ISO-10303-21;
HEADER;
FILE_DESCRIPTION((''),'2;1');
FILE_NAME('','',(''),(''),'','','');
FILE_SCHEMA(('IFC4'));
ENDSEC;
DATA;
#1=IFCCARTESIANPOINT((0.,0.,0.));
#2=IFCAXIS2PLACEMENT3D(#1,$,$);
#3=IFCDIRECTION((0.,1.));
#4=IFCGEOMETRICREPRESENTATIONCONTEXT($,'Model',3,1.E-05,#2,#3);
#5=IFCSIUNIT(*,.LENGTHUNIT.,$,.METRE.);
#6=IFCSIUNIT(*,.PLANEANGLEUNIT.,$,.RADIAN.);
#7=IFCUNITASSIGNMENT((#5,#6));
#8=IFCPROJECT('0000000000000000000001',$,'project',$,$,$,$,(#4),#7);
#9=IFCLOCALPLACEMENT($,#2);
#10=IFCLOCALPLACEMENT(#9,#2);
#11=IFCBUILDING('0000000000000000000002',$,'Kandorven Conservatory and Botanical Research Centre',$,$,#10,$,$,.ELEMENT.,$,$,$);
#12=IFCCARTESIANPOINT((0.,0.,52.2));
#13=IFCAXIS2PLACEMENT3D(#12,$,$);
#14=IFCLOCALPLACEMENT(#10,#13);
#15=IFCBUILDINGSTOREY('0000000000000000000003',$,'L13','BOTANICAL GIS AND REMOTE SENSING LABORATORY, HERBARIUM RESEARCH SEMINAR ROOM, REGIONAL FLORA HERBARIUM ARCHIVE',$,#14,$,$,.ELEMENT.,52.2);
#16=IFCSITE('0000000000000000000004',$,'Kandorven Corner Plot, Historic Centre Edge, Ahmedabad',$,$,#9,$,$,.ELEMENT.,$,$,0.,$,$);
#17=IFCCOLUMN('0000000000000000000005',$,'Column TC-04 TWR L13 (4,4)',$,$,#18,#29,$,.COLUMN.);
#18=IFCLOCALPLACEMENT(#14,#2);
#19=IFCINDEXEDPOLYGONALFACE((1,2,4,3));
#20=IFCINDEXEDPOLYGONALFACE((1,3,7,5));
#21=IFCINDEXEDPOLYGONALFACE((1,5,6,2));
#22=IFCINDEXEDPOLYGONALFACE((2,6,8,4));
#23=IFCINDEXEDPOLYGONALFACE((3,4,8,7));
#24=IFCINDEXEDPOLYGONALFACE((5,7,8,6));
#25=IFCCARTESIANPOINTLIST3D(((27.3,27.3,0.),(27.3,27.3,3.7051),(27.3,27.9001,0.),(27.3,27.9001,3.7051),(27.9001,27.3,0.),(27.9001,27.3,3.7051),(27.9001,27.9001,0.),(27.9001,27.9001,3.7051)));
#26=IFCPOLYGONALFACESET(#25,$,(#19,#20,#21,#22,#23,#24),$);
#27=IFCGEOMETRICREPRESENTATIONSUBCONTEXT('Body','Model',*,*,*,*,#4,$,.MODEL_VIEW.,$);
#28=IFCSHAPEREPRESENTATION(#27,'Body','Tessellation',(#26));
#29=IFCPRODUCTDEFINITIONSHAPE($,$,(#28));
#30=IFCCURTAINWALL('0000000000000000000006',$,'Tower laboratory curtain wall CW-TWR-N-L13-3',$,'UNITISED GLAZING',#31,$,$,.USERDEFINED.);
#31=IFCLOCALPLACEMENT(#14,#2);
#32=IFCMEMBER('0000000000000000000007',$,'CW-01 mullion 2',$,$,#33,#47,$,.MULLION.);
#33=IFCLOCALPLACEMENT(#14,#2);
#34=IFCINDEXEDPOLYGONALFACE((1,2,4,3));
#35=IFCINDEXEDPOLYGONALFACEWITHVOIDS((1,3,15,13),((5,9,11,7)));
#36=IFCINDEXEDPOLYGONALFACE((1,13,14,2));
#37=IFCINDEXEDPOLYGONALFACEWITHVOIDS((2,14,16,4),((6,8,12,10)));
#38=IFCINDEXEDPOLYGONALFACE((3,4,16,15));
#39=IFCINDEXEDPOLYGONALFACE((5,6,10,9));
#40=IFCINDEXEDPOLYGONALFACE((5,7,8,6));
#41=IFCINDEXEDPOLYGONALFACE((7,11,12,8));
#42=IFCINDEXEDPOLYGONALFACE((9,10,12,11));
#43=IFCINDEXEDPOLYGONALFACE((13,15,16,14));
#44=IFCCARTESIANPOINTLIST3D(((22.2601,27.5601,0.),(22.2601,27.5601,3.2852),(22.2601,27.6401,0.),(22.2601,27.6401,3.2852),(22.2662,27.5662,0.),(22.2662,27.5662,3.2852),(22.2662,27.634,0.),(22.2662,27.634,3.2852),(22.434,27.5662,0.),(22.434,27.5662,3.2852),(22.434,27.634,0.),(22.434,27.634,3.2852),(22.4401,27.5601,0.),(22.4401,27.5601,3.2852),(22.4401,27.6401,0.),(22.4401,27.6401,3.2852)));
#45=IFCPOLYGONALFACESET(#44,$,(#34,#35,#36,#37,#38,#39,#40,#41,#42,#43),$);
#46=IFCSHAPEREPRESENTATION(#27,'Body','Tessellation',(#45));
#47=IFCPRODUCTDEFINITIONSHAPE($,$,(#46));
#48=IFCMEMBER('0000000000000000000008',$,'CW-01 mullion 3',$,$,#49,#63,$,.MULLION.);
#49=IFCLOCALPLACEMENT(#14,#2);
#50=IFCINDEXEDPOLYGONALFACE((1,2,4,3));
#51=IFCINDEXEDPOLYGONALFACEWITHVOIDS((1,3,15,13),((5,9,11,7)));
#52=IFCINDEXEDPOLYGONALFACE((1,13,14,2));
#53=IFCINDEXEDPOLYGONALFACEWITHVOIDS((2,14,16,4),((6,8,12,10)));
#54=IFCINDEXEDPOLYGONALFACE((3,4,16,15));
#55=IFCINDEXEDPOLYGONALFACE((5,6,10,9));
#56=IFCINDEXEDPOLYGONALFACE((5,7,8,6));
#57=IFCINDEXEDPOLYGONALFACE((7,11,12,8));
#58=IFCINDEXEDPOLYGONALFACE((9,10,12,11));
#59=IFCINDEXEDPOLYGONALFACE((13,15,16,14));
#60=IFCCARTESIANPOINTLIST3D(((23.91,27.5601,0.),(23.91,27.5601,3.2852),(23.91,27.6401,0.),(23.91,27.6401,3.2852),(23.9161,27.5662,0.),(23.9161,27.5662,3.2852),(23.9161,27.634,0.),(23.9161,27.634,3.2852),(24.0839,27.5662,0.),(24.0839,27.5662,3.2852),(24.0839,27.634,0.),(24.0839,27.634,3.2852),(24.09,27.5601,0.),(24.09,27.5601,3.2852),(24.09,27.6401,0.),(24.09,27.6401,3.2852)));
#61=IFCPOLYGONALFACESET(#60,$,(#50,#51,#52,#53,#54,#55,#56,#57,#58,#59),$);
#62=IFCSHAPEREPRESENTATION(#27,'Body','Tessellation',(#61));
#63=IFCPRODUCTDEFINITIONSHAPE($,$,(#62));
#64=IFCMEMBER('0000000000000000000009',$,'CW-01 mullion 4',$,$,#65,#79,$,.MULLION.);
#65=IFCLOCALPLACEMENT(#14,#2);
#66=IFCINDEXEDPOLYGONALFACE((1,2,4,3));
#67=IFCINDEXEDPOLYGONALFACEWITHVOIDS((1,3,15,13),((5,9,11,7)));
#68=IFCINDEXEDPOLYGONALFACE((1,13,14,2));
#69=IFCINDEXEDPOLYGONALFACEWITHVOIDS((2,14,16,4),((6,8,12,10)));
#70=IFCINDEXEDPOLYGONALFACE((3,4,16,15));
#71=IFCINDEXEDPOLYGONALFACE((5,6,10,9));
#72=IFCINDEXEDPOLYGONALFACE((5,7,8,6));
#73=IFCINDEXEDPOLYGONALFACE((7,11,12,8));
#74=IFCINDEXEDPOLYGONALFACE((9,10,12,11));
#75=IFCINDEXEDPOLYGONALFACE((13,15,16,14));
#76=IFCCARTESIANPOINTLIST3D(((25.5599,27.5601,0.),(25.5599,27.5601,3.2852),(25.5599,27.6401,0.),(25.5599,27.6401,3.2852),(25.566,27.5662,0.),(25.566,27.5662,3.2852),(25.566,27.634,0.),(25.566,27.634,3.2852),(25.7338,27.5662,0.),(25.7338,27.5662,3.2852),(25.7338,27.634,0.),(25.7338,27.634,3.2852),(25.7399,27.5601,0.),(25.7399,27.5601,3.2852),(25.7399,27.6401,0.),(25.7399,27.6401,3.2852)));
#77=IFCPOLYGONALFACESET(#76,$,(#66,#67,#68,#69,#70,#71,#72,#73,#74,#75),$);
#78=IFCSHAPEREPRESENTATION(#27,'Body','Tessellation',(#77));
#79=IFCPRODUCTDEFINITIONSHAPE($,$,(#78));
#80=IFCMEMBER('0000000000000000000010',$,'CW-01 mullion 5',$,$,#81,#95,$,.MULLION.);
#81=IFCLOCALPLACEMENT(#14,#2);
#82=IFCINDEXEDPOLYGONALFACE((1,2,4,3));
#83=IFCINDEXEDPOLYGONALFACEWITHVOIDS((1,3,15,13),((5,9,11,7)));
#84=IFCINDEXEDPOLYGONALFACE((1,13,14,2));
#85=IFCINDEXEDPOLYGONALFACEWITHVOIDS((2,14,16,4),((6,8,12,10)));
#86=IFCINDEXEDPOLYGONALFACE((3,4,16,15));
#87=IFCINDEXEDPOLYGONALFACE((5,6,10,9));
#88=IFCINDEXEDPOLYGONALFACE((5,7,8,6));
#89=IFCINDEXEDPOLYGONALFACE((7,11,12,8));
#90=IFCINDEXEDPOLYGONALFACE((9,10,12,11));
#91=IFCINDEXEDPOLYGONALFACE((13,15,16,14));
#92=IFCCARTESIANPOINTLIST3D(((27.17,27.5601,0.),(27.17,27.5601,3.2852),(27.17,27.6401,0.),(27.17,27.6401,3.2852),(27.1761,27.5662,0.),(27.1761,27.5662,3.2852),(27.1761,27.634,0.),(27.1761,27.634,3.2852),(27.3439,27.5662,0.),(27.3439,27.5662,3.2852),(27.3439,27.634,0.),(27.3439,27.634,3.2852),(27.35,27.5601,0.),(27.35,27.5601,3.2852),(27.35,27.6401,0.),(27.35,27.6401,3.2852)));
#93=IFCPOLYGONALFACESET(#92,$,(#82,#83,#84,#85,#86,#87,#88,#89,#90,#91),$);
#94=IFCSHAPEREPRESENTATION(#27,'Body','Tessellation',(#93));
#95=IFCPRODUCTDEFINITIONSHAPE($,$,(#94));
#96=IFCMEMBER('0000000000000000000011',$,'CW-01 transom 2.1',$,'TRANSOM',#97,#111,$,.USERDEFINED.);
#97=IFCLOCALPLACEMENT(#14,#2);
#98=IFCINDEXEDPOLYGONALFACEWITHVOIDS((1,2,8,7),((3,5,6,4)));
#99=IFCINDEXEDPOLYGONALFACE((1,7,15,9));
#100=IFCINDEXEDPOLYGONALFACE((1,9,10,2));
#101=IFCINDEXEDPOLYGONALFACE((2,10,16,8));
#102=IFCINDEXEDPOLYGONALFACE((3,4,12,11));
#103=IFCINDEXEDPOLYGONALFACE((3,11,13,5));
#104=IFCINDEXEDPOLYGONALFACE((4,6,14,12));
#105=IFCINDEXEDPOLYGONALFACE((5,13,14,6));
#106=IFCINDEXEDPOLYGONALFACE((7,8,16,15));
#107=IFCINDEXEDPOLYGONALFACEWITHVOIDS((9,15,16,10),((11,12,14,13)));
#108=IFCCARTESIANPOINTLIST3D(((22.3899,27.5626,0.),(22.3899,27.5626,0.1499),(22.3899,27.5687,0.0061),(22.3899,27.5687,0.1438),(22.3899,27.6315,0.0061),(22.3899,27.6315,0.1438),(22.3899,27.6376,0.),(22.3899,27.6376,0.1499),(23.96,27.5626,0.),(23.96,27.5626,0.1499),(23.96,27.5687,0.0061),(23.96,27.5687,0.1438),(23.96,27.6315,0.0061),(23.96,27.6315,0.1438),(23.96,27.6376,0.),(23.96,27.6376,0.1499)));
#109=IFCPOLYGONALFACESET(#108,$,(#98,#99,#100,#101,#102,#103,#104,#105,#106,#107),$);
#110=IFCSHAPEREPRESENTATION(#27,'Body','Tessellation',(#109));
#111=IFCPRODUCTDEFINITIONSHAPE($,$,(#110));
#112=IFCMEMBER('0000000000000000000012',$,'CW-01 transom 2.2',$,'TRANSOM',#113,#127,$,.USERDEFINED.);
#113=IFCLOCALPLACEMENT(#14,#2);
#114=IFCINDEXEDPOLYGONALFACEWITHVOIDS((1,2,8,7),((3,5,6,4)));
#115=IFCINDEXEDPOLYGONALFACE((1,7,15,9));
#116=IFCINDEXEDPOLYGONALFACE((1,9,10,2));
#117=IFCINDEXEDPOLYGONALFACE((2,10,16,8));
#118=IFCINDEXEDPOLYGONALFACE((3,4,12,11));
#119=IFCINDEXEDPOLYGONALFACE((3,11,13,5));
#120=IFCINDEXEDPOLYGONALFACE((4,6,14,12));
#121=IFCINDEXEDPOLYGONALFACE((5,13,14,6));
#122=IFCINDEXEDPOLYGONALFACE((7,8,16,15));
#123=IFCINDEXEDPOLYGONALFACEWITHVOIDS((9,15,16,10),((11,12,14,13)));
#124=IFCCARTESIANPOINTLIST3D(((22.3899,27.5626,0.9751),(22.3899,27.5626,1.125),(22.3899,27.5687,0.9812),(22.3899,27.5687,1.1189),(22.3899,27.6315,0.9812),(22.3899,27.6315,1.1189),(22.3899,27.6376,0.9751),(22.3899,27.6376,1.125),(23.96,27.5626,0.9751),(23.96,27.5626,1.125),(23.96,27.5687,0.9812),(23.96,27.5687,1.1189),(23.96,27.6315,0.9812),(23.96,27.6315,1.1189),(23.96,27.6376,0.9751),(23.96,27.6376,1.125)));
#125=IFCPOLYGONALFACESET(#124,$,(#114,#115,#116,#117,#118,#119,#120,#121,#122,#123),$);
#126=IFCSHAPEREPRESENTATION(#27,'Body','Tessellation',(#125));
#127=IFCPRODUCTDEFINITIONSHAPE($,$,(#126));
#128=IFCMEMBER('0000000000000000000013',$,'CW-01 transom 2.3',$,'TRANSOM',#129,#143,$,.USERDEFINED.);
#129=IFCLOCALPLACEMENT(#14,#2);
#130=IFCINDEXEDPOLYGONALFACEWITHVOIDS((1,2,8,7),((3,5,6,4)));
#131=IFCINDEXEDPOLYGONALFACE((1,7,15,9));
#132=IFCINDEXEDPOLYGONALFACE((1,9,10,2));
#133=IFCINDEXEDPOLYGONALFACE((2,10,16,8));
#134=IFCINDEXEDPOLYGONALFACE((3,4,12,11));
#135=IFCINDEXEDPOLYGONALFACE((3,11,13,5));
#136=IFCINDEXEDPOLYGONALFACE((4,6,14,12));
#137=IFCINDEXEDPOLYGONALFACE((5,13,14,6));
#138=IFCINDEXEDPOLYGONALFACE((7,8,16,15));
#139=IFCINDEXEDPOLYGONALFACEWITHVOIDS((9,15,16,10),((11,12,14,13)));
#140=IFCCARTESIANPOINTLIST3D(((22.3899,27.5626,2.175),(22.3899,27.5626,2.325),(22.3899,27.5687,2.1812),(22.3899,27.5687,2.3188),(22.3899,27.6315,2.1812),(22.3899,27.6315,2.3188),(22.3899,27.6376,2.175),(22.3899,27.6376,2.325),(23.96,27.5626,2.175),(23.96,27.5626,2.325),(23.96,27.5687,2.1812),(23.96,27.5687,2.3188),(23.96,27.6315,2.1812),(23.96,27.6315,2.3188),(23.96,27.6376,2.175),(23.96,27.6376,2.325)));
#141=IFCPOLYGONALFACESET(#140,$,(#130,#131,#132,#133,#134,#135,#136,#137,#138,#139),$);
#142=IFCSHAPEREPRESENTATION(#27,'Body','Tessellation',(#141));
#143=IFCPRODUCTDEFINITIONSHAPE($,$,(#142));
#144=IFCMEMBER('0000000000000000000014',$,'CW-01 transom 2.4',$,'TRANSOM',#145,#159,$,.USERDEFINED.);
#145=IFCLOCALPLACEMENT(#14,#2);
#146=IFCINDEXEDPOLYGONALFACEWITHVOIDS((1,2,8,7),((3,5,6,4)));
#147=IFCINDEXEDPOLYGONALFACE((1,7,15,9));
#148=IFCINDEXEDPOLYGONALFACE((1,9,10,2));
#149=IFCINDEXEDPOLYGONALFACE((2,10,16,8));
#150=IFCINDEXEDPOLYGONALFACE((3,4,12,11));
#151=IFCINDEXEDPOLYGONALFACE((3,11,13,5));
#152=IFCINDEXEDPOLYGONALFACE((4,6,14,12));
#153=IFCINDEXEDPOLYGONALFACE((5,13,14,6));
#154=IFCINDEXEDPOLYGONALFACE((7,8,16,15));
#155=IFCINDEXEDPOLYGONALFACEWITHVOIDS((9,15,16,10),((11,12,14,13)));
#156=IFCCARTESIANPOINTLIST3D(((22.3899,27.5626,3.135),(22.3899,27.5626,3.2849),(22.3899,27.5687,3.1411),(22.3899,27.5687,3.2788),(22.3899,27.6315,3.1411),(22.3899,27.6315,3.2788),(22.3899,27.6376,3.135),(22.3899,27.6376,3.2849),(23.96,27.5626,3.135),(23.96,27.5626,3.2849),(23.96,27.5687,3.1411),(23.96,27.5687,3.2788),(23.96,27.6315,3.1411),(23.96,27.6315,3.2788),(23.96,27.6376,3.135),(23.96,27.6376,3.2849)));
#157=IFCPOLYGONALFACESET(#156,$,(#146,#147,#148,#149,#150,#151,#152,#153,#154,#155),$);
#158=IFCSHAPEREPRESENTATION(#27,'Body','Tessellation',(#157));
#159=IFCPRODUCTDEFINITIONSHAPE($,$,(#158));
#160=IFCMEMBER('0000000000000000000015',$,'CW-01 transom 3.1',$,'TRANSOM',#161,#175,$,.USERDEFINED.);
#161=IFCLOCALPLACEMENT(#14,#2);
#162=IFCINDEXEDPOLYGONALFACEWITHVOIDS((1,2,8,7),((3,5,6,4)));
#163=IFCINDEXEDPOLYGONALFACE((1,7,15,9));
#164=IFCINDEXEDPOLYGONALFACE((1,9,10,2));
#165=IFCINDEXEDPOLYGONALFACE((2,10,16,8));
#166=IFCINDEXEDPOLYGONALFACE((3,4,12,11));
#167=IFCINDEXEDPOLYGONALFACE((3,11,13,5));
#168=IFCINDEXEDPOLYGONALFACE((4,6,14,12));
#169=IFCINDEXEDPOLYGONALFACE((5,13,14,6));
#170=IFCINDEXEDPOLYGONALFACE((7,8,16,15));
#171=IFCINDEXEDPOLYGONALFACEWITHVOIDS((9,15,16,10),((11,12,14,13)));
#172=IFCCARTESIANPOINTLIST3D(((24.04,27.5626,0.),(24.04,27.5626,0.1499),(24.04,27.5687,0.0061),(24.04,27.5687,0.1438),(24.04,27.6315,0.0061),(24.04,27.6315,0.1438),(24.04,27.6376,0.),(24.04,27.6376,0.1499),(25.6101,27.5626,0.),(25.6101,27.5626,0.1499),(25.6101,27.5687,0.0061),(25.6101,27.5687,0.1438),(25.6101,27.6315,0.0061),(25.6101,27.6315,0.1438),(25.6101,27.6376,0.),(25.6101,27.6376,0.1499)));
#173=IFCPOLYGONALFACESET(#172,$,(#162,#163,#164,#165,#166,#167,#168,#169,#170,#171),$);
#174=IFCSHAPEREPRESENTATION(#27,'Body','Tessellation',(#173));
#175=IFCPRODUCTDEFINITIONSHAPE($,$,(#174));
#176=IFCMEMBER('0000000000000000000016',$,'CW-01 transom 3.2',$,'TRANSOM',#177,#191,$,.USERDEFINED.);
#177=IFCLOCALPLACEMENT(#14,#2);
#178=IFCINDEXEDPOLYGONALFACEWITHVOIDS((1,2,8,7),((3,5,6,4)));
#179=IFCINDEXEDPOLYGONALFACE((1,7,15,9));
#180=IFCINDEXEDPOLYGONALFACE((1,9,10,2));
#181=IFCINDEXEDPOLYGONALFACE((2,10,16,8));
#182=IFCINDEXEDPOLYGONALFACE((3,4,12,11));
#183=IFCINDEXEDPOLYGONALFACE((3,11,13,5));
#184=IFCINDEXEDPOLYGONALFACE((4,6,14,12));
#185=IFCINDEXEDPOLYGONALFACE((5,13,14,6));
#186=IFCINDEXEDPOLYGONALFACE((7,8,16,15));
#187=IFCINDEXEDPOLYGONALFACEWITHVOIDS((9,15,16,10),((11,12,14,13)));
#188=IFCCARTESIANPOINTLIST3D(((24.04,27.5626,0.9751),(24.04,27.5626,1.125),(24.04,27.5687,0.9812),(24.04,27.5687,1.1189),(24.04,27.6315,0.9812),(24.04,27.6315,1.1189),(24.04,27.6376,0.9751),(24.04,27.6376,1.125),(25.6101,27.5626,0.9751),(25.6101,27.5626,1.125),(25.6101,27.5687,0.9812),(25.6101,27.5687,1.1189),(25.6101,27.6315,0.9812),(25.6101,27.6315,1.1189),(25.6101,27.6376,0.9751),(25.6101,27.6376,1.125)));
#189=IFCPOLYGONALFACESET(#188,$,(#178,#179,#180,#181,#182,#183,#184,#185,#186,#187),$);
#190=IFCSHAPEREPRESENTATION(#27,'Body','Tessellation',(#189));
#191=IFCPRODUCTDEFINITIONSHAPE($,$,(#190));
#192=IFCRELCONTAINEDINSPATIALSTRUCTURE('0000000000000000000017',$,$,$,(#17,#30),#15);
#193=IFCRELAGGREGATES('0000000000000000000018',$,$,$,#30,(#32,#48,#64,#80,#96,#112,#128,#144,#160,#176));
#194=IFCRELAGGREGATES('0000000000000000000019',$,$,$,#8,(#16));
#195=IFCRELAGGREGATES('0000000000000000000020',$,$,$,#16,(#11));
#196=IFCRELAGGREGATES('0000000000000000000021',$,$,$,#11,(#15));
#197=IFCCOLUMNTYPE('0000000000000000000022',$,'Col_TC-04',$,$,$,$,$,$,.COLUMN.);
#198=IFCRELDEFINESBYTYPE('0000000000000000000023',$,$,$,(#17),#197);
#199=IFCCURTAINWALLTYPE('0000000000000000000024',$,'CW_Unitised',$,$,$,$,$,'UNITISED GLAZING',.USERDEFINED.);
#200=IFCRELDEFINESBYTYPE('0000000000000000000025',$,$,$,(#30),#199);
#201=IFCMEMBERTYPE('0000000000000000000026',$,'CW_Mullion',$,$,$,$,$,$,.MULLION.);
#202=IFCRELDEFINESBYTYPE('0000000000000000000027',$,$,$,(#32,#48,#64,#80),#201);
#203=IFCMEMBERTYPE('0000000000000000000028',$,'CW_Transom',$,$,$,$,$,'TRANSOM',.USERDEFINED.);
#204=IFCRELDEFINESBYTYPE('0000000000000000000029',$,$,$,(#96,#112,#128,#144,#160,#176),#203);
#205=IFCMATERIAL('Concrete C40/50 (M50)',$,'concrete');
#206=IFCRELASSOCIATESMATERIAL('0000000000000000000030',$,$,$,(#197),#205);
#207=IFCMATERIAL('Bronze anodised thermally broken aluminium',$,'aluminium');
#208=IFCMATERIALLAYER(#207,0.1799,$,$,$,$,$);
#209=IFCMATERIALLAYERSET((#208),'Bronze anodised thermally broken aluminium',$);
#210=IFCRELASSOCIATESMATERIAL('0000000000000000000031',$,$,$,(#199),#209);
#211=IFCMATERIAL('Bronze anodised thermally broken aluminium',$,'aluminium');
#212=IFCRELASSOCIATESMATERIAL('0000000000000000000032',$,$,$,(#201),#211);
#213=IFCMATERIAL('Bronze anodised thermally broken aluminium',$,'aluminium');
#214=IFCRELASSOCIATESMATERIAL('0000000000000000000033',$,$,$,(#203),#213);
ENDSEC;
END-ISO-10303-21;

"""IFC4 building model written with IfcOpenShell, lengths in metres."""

from ifc_helpers import new_model, si_unit, direction, frame, origin, origin_2d, place, context, subcontext, project, spatial, rectangle, hollow_rectangle, extrude, material, layer, layer_set, material_profile, profile_set, type_object, element, aggregate, save


model = new_model("IFC4")

# Units and contexts
model_context = context("Model", 3, precision=1e-05, world=origin(), true_north=direction((0.0, 1.0)))
body_context = subcontext(model_context, "Body", "Model", "MODEL_VIEW")
ifc_project = project(units=[si_unit("LENGTHUNIT", "METRE"), si_unit("PLANEANGLEUNIT", "RADIAN")], contexts=[model_context])

# Site, building, storey
site_placement = place(None, origin())
site = spatial("IfcSite", under=ifc_project, at=site_placement, Name="Kandorven Corner Plot, Historic Centre Edge, Ahmedabad", CompositionType="ELEMENT", RefElevation=0.0)
building_placement = place(site_placement, origin())
building = spatial("IfcBuilding", under=site, at=building_placement, Name="Kandorven Conservatory and Botanical Research Centre", CompositionType="ELEMENT")
storey_placement = place(building_placement, frame((0.0, 0.0, 52.2)))
storey = spatial("IfcBuildingStorey", under=building, at=storey_placement, Name="L13", Description="BOTANICAL GIS AND REMOTE SENSING LABORATORY, HERBARIUM RESEARCH SEMINAR ROOM, REGIONAL FLORA HERBARIUM ARCHIVE", CompositionType="ELEMENT", Elevation=52.2)

# Column
ifc_material_1 = material(Name="Concrete C40/50 (M50)", Category="concrete")
ifc_material_profile_1 = material_profile(ifc_material_1, rectangle(XDim=0.6001, YDim=0.6001, at=origin_2d()))
ifc_profile_set_1 = profile_set([ifc_material_profile_1], Name="Concrete C40/50 (M50)")
column_type = type_object("IfcColumnType", Name="Col_TC-04", PredefinedType="COLUMN", material=ifc_profile_set_1)
column_placement = place(storey_placement, frame((27.6001, 27.6001, 0.0), z_axis=(0.0, 0.0, 1.0), x_axis=(1.0, 0.0, 0.0)))
element("IfcColumn", 1, at=column_placement, inside=storey, type_object=column_type, Name="Column TC-04 TWR L13 (4,4)", PredefinedType="COLUMN", context=body_context, shape_type="SweptSolid", body=[
    extrude(rectangle(XDim=0.6001, YDim=0.6001, at=origin_2d()), origin(), (0.0, 0.0, 1.0), 3.7051),
])

# Curtain wall, members
ifc_material_2 = material(Name="Bronze anodised thermally broken aluminium", Category="aluminium")
ifc_layer_1 = layer(ifc_material_2, 0.1799)
ifc_layer_set_1 = layer_set([ifc_layer_1], Name="Bronze anodised thermally broken aluminium")
curtain_wall_type = type_object("IfcCurtainWallType", Name="CW_Unitised", ElementType="UNITISED GLAZING", PredefinedType="USERDEFINED", material=ifc_layer_set_1)
curtain_wall_placement = place(storey_placement, origin())
curtain_wall = element("IfcCurtainWall", 2, at=curtain_wall_placement, inside=storey, type_object=curtain_wall_type, Name="Tower laboratory curtain wall CW-TWR-N-L13-3", ObjectType="UNITISED GLAZING", PredefinedType="USERDEFINED")
ifc_material_3 = material(Name="Bronze anodised thermally broken aluminium", Category="aluminium")
ifc_material_profile_2 = material_profile(ifc_material_3, hollow_rectangle(XDim=0.0801, YDim=0.1799, WallThickness=0.0061, at=origin_2d()))
ifc_profile_set_2 = profile_set([ifc_material_profile_2], Name="Bronze anodised thermally broken aluminium")
member_type_1 = type_object("IfcMemberType", Name="CW_Mullion", PredefinedType="MULLION", material=ifc_profile_set_2)
member_1_placement = place(storey_placement, frame((22.3501, 27.6001, 0.0), z_axis=(0.0, 0.0, 1.0), x_axis=(0.0, 1.0, 0.0)))
member_1 = element("IfcMember", 3, at=member_1_placement, type_object=member_type_1, Name="CW-01 mullion 2", PredefinedType="MULLION", context=body_context, shape_type="SweptSolid", body=[
    extrude(hollow_rectangle(XDim=0.0801, YDim=0.1799, WallThickness=0.0061, at=origin_2d()), origin(), (0.0, 0.0, 1.0), 3.2852),
])
member_2_placement = place(storey_placement, frame((24.0, 27.6001, 0.0), z_axis=(0.0, 0.0, 1.0), x_axis=(0.0, 1.0, 0.0)))
member_2 = element("IfcMember", 4, at=member_2_placement, type_object=member_type_1, Name="CW-01 mullion 3", PredefinedType="MULLION", context=body_context, shape_type="SweptSolid", body=[
    extrude(hollow_rectangle(XDim=0.0801, YDim=0.1799, WallThickness=0.0061, at=origin_2d()), origin(), (0.0, 0.0, 1.0), 3.2852),
])
member_3_placement = place(storey_placement, frame((25.6499, 27.6001, 0.0), z_axis=(0.0, 0.0, 1.0), x_axis=(0.0, 1.0, 0.0)))
member_3 = element("IfcMember", 5, at=member_3_placement, type_object=member_type_1, Name="CW-01 mullion 4", PredefinedType="MULLION", context=body_context, shape_type="SweptSolid", body=[
    extrude(hollow_rectangle(XDim=0.0801, YDim=0.1799, WallThickness=0.0061, at=origin_2d()), origin(), (0.0, 0.0, 1.0), 3.2852),
])
member_4_placement = place(storey_placement, frame((27.26, 27.6001, 0.0), z_axis=(0.0, 0.0, 1.0), x_axis=(0.0, 1.0, 0.0)))
member_4 = element("IfcMember", 6, at=member_4_placement, type_object=member_type_1, Name="CW-01 mullion 5", PredefinedType="MULLION", context=body_context, shape_type="SweptSolid", body=[
    extrude(hollow_rectangle(XDim=0.0801, YDim=0.1799, WallThickness=0.0061, at=origin_2d()), origin(), (0.0, 0.0, 1.0), 3.2852),
])
ifc_material_4 = material(Name="Bronze anodised thermally broken aluminium", Category="aluminium")
ifc_material_profile_3 = material_profile(ifc_material_4, hollow_rectangle(XDim=0.075, YDim=0.1499, WallThickness=0.0061, at=origin_2d()))
ifc_profile_set_3 = profile_set([ifc_material_profile_3], Name="Bronze anodised thermally broken aluminium")
member_type_2 = type_object("IfcMemberType", Name="CW_Transom", ElementType="TRANSOM", PredefinedType="USERDEFINED", material=ifc_profile_set_3)
member_5_placement = place(storey_placement, frame((22.3899, 27.6001, 0.075), z_axis=(1.0, 0.0, 0.0), x_axis=(0.0, 1.0, 0.0)))
member_5 = element("IfcMember", 7, at=member_5_placement, type_object=member_type_2, Name="CW-01 transom 2.1", ObjectType="TRANSOM", PredefinedType="USERDEFINED", context=body_context, shape_type="SweptSolid", body=[
    extrude(hollow_rectangle(XDim=0.075, YDim=0.1499, WallThickness=0.0061, at=origin_2d()), origin(), (0.0, 0.0, 1.0), 1.5701),
])
member_6_placement = place(storey_placement, frame((22.3899, 27.6001, 1.05), z_axis=(1.0, 0.0, 0.0), x_axis=(0.0, 1.0, 0.0)))
member_6 = element("IfcMember", 8, at=member_6_placement, type_object=member_type_2, Name="CW-01 transom 2.2", ObjectType="TRANSOM", PredefinedType="USERDEFINED", context=body_context, shape_type="SweptSolid", body=[
    extrude(hollow_rectangle(XDim=0.075, YDim=0.1499, WallThickness=0.0061, at=origin_2d()), origin(), (0.0, 0.0, 1.0), 1.5701),
])
member_7_placement = place(storey_placement, frame((22.3899, 27.6001, 2.25), z_axis=(1.0, 0.0, 0.0), x_axis=(0.0, 1.0, 0.0)))
member_7 = element("IfcMember", 9, at=member_7_placement, type_object=member_type_2, Name="CW-01 transom 2.3", ObjectType="TRANSOM", PredefinedType="USERDEFINED", context=body_context, shape_type="SweptSolid", body=[
    extrude(hollow_rectangle(XDim=0.075, YDim=0.1499, WallThickness=0.0061, at=origin_2d()), origin(), (0.0, 0.0, 1.0), 1.5701),
])
member_8_placement = place(storey_placement, frame((22.3899, 27.6001, 3.21), z_axis=(1.0, 0.0, 0.0), x_axis=(0.0, 1.0, 0.0)))
member_8 = element("IfcMember", 10, at=member_8_placement, type_object=member_type_2, Name="CW-01 transom 2.4", ObjectType="TRANSOM", PredefinedType="USERDEFINED", context=body_context, shape_type="SweptSolid", body=[
    extrude(hollow_rectangle(XDim=0.075, YDim=0.1499, WallThickness=0.0061, at=origin_2d()), origin(), (0.0, 0.0, 1.0), 1.5701),
])
member_9_placement = place(storey_placement, frame((24.04, 27.6001, 0.075), z_axis=(1.0, 0.0, 0.0), x_axis=(0.0, 1.0, 0.0)))
member_9 = element("IfcMember", 11, at=member_9_placement, type_object=member_type_2, Name="CW-01 transom 3.1", ObjectType="TRANSOM", PredefinedType="USERDEFINED", context=body_context, shape_type="SweptSolid", body=[
    extrude(hollow_rectangle(XDim=0.075, YDim=0.1499, WallThickness=0.0061, at=origin_2d()), origin(), (0.0, 0.0, 1.0), 1.5701),
])
member_10_placement = place(storey_placement, frame((24.04, 27.6001, 1.05), z_axis=(1.0, 0.0, 0.0), x_axis=(0.0, 1.0, 0.0)))
member_10 = element("IfcMember", 12, at=member_10_placement, type_object=member_type_2, Name="CW-01 transom 3.2", ObjectType="TRANSOM", PredefinedType="USERDEFINED", context=body_context, shape_type="SweptSolid", body=[
    extrude(hollow_rectangle(XDim=0.075, YDim=0.1499, WallThickness=0.0061, at=origin_2d()), origin(), (0.0, 0.0, 1.0), 1.5701),
])
aggregate(curtain_wall, [member_1, member_2, member_3, member_4, member_5, member_6, member_7, member_8, member_9, member_10])

save(model, "model.ifc")
